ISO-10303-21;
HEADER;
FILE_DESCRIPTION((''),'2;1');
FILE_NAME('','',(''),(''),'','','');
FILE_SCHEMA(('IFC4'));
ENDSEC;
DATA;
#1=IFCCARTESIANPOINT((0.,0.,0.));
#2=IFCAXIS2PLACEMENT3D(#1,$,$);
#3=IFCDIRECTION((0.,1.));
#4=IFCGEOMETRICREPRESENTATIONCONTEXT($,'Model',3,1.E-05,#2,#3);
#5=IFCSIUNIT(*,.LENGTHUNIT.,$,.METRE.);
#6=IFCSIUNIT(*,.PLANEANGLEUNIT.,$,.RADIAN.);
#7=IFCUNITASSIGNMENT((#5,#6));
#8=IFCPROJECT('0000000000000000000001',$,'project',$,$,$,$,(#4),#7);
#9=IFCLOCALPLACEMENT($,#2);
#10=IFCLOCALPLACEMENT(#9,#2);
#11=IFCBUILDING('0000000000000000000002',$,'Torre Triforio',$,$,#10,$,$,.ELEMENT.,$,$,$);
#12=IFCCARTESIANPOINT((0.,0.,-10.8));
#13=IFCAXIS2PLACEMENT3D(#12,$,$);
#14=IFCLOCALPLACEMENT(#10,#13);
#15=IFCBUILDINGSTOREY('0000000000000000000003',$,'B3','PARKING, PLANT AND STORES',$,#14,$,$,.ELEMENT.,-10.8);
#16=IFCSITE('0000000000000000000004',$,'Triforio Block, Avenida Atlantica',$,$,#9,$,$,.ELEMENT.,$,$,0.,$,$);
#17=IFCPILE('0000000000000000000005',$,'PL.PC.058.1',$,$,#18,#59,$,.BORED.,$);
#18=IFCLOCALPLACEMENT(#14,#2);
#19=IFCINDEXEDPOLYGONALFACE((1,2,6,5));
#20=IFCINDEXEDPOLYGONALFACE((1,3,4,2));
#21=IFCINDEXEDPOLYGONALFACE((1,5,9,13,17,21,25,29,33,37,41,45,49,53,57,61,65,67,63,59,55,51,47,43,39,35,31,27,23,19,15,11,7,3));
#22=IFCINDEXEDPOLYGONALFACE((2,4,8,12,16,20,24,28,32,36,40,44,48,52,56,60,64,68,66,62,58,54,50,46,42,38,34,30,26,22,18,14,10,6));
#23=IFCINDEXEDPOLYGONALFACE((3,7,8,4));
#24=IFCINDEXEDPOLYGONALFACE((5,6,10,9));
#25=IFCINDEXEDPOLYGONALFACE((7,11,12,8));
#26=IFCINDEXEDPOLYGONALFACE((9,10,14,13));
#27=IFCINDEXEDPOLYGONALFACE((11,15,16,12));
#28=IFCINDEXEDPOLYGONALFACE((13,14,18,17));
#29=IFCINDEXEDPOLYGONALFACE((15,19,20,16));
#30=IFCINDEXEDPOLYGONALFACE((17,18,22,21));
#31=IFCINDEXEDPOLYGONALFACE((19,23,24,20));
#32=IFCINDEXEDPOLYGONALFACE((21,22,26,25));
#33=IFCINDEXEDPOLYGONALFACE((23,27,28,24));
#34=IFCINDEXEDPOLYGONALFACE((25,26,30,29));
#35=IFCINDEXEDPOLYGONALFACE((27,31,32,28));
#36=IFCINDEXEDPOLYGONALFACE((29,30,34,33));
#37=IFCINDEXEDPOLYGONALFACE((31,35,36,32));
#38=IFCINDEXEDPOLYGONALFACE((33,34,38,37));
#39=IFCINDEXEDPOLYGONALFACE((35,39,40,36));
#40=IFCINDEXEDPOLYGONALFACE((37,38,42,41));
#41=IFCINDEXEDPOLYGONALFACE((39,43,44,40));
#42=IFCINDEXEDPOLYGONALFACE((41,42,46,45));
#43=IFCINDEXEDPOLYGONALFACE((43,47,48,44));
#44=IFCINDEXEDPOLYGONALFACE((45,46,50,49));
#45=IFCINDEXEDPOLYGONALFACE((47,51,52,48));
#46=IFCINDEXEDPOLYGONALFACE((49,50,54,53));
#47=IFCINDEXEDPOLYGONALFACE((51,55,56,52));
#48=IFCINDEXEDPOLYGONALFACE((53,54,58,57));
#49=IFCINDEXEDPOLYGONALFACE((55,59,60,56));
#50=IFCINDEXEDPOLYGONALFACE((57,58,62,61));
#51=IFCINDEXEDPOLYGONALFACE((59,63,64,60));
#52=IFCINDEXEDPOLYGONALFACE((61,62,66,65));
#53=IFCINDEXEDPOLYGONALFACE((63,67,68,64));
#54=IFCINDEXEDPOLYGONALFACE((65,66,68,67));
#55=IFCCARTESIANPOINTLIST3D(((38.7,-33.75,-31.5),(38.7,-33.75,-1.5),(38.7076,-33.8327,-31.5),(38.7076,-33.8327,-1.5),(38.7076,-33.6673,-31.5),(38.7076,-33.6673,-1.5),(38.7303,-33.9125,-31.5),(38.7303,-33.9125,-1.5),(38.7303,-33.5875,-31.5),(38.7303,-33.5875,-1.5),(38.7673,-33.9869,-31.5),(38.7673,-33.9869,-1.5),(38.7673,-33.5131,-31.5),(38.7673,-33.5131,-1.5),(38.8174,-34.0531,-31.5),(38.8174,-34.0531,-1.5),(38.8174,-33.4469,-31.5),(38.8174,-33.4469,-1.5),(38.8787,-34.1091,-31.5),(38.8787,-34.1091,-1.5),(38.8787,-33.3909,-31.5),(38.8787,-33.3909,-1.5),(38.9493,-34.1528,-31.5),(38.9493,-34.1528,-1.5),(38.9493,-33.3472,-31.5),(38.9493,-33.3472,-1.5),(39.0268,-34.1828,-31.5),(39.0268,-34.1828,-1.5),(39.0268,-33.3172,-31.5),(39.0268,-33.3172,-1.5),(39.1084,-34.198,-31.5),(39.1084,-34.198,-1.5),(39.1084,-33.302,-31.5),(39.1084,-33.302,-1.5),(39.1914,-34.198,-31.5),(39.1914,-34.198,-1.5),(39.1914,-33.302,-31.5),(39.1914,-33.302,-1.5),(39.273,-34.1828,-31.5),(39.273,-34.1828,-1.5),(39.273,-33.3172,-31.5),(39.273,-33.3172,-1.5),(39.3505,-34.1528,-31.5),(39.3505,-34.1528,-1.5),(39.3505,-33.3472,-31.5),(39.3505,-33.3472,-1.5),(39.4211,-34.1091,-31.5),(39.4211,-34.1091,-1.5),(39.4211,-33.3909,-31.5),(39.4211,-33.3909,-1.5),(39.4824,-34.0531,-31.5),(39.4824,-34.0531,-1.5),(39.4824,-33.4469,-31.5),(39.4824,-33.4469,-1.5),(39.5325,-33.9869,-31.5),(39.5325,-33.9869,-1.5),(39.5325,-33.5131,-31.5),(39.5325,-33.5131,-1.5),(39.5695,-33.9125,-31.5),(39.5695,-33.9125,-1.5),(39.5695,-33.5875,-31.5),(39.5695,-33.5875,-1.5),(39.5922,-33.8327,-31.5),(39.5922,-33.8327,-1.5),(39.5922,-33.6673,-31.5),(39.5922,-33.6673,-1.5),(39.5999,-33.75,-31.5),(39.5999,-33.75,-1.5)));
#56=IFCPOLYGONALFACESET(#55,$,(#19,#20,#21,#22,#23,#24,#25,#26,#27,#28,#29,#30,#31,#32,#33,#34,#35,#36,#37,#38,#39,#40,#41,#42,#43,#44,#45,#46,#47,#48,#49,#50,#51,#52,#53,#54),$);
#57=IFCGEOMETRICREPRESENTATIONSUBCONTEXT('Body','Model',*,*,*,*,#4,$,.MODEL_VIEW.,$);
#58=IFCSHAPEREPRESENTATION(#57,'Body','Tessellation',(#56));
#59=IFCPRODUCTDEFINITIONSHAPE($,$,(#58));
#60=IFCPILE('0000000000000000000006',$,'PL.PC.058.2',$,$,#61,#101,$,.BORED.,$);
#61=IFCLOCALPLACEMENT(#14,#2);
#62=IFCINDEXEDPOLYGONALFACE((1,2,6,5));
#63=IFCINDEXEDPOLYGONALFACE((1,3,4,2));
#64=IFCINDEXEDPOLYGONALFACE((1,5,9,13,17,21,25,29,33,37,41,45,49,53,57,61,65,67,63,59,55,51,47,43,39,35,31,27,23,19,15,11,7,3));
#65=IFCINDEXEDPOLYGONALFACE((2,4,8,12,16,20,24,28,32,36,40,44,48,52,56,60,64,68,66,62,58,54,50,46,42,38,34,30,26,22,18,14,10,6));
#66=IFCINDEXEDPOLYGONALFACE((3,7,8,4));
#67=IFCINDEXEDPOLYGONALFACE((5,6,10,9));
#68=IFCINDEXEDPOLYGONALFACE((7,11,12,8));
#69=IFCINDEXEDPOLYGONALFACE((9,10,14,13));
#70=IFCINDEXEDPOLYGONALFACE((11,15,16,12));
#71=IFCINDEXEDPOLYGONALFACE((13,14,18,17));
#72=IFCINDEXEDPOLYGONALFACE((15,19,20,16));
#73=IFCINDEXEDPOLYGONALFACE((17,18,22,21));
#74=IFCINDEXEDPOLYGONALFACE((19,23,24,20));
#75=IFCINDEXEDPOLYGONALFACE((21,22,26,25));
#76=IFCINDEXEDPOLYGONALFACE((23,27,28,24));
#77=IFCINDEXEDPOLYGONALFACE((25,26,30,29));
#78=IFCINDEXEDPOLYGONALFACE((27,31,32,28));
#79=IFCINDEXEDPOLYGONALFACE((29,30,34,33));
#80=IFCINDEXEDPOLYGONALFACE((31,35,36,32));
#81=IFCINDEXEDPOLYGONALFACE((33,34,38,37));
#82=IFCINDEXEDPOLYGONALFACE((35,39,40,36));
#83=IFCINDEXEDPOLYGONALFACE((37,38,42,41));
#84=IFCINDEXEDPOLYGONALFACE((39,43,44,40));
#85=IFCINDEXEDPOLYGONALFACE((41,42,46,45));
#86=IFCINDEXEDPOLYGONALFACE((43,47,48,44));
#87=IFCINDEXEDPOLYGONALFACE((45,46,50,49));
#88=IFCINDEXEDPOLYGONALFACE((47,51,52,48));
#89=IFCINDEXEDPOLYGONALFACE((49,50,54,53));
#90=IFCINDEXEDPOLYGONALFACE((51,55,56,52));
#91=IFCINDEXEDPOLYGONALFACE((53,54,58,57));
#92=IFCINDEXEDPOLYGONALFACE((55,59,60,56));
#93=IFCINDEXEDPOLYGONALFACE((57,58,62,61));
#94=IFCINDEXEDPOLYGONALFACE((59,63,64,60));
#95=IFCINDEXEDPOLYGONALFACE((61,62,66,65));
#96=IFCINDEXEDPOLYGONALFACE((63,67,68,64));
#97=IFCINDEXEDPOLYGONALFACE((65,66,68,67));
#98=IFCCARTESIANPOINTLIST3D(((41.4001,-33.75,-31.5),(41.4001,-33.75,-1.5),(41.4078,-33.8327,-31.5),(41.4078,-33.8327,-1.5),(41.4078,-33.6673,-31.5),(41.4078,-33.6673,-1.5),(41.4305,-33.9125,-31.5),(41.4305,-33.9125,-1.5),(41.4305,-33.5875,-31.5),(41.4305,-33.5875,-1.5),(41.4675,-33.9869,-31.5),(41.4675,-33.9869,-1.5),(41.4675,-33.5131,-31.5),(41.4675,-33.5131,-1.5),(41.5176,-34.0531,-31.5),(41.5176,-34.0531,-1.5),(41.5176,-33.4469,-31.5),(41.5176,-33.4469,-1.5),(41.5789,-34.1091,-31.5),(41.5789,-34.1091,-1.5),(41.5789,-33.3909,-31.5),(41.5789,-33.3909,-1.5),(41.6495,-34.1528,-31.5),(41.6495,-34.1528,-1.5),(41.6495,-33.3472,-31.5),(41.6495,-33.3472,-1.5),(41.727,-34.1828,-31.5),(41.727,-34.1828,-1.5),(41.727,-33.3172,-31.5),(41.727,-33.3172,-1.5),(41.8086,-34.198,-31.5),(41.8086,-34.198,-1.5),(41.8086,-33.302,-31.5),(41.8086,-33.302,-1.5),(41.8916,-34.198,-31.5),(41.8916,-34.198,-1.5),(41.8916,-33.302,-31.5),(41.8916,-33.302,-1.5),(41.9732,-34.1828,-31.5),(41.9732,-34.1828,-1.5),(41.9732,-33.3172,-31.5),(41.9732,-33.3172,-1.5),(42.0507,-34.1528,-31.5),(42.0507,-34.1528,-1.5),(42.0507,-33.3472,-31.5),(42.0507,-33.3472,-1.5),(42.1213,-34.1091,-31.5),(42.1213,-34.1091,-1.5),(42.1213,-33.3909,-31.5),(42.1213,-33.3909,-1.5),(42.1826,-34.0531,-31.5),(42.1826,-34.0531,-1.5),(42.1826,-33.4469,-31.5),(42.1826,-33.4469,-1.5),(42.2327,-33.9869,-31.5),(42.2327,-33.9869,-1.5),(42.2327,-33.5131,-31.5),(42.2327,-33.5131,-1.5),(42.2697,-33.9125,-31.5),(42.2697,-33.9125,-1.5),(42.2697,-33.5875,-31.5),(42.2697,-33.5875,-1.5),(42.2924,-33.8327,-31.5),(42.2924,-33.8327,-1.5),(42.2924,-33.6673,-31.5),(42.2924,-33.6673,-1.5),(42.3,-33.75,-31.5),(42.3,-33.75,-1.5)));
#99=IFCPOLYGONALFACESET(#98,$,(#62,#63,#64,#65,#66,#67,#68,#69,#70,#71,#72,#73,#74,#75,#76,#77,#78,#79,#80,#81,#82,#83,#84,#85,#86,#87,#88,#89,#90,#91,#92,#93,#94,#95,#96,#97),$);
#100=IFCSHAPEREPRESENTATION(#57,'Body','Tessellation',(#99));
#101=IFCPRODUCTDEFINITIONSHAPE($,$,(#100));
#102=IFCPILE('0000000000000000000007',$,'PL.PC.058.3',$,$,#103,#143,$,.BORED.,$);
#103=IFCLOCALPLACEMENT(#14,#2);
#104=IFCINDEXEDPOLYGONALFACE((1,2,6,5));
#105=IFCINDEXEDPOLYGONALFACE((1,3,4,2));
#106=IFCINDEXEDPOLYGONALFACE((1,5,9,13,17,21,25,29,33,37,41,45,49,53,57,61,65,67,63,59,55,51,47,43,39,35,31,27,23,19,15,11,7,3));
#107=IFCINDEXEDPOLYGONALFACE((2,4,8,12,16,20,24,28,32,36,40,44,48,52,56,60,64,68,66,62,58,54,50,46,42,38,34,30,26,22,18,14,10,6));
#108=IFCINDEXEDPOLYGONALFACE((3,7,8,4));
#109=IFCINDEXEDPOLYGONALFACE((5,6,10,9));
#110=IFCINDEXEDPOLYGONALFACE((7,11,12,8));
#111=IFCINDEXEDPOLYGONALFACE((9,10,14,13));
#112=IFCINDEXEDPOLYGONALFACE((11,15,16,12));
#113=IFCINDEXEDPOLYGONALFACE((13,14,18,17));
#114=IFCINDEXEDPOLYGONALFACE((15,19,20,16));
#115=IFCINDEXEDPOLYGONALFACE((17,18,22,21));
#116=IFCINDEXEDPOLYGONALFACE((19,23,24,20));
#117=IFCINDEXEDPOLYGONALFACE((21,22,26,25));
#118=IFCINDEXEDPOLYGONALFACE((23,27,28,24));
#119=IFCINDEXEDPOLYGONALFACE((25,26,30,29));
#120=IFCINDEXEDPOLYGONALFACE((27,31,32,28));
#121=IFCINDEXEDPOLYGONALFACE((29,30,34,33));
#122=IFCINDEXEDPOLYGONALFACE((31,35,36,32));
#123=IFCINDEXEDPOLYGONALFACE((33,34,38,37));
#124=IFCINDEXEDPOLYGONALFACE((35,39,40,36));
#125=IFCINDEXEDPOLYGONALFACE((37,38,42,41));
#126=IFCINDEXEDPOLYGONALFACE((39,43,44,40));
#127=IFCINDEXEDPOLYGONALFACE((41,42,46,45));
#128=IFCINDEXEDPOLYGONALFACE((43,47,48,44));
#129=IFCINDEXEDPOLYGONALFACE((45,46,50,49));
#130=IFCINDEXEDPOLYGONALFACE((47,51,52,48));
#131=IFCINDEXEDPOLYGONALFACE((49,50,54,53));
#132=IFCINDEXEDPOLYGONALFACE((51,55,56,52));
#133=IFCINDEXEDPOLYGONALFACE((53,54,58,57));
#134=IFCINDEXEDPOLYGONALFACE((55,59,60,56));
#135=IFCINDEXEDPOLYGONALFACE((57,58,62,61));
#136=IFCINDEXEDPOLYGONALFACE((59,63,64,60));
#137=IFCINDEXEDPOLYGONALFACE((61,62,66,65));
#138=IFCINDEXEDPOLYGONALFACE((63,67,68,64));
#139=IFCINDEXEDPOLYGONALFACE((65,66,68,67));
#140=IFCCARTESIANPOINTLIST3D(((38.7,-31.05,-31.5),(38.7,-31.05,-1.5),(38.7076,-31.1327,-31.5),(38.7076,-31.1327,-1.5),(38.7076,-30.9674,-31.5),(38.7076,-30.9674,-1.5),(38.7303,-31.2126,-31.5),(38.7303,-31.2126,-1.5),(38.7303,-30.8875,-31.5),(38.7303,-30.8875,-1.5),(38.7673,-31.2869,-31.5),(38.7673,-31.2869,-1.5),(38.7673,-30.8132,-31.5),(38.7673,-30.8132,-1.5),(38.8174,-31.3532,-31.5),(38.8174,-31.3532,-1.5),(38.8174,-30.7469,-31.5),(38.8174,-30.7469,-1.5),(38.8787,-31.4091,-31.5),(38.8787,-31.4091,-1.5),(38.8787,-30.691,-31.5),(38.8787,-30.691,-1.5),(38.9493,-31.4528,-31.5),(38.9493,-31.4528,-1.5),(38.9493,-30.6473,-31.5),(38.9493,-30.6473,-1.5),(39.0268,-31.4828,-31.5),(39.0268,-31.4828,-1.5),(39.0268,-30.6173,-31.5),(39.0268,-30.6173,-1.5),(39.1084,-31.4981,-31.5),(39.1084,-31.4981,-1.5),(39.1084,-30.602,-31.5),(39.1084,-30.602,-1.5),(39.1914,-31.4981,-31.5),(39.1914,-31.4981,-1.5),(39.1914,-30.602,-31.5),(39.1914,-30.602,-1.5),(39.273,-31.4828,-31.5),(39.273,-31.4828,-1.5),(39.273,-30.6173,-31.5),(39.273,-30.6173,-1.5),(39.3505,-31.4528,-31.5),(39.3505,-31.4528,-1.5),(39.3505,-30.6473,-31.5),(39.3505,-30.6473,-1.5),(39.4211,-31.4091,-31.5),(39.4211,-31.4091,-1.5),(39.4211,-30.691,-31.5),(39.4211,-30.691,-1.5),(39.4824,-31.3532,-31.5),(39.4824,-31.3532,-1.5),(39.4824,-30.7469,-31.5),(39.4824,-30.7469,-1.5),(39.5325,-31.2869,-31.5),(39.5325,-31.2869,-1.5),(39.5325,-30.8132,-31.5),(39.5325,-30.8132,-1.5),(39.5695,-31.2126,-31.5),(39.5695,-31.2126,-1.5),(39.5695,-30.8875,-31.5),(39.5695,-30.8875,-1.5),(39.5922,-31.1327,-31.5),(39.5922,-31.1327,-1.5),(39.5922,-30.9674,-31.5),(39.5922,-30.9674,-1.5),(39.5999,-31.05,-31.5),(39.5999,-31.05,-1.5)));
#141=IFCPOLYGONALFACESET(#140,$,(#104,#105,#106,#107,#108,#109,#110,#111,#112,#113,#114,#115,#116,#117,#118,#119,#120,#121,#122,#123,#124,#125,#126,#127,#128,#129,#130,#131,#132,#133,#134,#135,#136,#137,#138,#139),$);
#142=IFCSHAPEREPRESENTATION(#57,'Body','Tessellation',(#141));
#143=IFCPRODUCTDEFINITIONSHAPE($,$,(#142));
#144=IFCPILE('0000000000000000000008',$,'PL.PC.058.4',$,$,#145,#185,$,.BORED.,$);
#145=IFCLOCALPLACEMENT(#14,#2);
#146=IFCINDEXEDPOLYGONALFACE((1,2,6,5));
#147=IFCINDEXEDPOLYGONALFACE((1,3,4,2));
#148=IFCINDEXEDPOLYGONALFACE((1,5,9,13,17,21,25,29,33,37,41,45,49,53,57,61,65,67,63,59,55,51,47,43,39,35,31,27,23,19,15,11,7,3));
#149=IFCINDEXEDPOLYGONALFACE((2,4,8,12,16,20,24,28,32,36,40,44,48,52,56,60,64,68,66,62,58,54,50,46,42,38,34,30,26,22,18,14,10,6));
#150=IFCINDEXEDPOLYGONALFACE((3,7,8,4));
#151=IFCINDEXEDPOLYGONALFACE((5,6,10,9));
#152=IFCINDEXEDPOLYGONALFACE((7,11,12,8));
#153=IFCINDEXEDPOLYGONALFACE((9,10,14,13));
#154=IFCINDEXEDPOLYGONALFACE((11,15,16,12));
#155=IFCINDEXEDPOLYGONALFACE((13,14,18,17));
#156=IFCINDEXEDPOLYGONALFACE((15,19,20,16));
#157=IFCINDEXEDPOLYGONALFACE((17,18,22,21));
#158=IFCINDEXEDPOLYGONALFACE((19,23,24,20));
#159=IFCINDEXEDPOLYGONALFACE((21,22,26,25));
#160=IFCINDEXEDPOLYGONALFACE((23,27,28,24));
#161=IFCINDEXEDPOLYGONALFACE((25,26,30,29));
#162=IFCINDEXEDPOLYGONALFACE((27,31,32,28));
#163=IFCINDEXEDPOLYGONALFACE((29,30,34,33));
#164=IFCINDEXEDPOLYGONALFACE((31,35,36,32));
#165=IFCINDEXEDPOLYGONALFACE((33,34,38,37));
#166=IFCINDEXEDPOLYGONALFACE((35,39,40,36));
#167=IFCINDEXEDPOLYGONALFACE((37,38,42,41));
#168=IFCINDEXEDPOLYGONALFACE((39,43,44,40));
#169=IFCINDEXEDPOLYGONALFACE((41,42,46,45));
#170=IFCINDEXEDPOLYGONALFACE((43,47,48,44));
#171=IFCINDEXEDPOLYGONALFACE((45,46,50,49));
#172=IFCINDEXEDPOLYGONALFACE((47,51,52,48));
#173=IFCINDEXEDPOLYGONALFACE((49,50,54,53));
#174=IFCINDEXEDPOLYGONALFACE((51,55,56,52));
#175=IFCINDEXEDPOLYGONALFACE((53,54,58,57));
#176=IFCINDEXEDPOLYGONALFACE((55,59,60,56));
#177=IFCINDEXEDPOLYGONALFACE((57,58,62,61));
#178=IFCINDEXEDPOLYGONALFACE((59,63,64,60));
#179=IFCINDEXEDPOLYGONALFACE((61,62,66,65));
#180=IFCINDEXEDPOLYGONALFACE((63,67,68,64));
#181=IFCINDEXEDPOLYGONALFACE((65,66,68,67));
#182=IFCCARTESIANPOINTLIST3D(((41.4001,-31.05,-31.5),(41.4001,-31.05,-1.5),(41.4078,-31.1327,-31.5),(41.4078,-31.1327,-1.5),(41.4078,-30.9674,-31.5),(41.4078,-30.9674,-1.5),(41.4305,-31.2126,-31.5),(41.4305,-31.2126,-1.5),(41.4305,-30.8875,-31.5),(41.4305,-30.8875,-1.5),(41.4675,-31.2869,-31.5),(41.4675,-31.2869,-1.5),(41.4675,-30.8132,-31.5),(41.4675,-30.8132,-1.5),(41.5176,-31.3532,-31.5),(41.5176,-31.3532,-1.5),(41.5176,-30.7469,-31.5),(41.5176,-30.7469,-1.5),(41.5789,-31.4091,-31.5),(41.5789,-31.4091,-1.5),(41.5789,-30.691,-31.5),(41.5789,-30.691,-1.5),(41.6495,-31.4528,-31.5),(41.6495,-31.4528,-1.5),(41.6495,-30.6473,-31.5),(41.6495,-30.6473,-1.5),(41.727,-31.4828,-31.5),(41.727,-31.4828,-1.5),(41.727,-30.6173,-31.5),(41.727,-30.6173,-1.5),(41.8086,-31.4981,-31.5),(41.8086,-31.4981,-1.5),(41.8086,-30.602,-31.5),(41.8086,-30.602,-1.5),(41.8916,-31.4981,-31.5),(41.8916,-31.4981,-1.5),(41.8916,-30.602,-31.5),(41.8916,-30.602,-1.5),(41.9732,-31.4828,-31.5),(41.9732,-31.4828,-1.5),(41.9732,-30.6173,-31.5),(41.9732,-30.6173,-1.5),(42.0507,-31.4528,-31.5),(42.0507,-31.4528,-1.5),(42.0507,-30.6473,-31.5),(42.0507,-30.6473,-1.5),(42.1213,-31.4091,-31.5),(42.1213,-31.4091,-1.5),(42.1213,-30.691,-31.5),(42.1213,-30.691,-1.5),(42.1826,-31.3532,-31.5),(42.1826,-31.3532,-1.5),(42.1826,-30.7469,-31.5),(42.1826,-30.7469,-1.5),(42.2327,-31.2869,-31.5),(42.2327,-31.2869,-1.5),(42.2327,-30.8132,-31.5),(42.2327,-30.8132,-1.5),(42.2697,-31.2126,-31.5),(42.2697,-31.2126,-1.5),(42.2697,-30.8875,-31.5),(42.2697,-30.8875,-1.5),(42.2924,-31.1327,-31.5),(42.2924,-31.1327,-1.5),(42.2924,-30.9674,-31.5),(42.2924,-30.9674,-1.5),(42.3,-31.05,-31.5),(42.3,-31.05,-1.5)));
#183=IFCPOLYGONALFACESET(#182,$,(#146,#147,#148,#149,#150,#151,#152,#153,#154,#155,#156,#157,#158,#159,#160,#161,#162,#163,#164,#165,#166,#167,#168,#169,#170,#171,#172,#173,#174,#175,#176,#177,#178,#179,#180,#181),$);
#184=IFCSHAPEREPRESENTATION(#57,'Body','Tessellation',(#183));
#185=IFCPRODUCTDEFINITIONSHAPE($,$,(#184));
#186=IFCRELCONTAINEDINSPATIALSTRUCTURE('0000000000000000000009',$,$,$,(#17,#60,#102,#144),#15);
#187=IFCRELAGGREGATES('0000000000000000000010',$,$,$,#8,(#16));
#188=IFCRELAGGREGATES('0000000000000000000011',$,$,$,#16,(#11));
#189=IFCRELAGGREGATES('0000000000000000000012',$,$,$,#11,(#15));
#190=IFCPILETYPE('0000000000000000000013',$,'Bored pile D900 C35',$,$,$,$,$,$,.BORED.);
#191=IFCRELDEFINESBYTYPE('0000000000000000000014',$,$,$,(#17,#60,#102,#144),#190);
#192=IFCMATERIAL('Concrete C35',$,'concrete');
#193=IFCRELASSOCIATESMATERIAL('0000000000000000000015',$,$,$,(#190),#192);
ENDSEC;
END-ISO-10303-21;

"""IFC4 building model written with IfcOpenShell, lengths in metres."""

from ifc_helpers import new_model, si_unit, direction, frame, origin, origin_2d, place, context, subcontext, project, spatial, circle, extrude, material, material_profile, profile_set, type_object, element, save


model = new_model("IFC4")

# Units and contexts
model_context = context("Model", 3, precision=1e-05, world=origin(), true_north=direction((0.0, 1.0)))
body_context = subcontext(model_context, "Body", "Model", "MODEL_VIEW")
ifc_project = project(units=[si_unit("LENGTHUNIT", "METRE"), si_unit("PLANEANGLEUNIT", "RADIAN")], contexts=[model_context])

# Site, building, storey
site_placement = place(None, origin())
site = spatial("IfcSite", under=ifc_project, at=site_placement, Name="Triforio Block, Avenida Atlantica", CompositionType="ELEMENT", RefElevation=0.0)
building_placement = place(site_placement, origin())
building = spatial("IfcBuilding", under=site, at=building_placement, Name="Torre Triforio", CompositionType="ELEMENT")
storey_placement = place(building_placement, frame((0.0, 0.0, -10.8)))
storey = spatial("IfcBuildingStorey", under=building, at=storey_placement, Name="B3", Description="PARKING, PLANT AND STORES", CompositionType="ELEMENT", Elevation=-10.8)

# Piles
ifc_material_1 = material(Name="Concrete C35", Category="concrete")
ifc_material_profile_1 = material_profile(ifc_material_1, circle(Radius=0.45, at=origin_2d()), Name="RC D900")
ifc_profile_set_1 = profile_set([ifc_material_profile_1], Name="Concrete C35")
pile_type = type_object("IfcPileType", Name="Bored pile D900 C35", PredefinedType="BORED", material=ifc_profile_set_1)
for number, where, z_axis, x_axis, name in (
    (1, (39.1499, -33.75, -1.5), (0.0, 0.0, -1.0), (1.0, 0.0, 0.0), "PL.PC.058.1"),
    (2, (41.8501, -33.75, -1.5), (0.0, 0.0, -1.0), (1.0, 0.0, 0.0), "PL.PC.058.2"),
    (3, (39.1499, -31.05, -1.5), (0.0, 0.0, -1.0), (1.0, 0.0, 0.0), "PL.PC.058.3"),
    (4, (41.8501, -31.05, -1.5), (0.0, 0.0, -1.0), (1.0, 0.0, 0.0), "PL.PC.058.4"),
):
    element("IfcPile", number, at=place(storey_placement, frame(where, z_axis=z_axis, x_axis=x_axis)), inside=storey, type_object=pile_type, Name=name, PredefinedType="BORED", context=body_context, shape_type="SweptSolid", body=[
        extrude(circle(Radius=0.45, at=origin_2d()), origin(), (0.0, 0.0, 1.0), 30.0),
    ])

save(model, "model.ifc")
